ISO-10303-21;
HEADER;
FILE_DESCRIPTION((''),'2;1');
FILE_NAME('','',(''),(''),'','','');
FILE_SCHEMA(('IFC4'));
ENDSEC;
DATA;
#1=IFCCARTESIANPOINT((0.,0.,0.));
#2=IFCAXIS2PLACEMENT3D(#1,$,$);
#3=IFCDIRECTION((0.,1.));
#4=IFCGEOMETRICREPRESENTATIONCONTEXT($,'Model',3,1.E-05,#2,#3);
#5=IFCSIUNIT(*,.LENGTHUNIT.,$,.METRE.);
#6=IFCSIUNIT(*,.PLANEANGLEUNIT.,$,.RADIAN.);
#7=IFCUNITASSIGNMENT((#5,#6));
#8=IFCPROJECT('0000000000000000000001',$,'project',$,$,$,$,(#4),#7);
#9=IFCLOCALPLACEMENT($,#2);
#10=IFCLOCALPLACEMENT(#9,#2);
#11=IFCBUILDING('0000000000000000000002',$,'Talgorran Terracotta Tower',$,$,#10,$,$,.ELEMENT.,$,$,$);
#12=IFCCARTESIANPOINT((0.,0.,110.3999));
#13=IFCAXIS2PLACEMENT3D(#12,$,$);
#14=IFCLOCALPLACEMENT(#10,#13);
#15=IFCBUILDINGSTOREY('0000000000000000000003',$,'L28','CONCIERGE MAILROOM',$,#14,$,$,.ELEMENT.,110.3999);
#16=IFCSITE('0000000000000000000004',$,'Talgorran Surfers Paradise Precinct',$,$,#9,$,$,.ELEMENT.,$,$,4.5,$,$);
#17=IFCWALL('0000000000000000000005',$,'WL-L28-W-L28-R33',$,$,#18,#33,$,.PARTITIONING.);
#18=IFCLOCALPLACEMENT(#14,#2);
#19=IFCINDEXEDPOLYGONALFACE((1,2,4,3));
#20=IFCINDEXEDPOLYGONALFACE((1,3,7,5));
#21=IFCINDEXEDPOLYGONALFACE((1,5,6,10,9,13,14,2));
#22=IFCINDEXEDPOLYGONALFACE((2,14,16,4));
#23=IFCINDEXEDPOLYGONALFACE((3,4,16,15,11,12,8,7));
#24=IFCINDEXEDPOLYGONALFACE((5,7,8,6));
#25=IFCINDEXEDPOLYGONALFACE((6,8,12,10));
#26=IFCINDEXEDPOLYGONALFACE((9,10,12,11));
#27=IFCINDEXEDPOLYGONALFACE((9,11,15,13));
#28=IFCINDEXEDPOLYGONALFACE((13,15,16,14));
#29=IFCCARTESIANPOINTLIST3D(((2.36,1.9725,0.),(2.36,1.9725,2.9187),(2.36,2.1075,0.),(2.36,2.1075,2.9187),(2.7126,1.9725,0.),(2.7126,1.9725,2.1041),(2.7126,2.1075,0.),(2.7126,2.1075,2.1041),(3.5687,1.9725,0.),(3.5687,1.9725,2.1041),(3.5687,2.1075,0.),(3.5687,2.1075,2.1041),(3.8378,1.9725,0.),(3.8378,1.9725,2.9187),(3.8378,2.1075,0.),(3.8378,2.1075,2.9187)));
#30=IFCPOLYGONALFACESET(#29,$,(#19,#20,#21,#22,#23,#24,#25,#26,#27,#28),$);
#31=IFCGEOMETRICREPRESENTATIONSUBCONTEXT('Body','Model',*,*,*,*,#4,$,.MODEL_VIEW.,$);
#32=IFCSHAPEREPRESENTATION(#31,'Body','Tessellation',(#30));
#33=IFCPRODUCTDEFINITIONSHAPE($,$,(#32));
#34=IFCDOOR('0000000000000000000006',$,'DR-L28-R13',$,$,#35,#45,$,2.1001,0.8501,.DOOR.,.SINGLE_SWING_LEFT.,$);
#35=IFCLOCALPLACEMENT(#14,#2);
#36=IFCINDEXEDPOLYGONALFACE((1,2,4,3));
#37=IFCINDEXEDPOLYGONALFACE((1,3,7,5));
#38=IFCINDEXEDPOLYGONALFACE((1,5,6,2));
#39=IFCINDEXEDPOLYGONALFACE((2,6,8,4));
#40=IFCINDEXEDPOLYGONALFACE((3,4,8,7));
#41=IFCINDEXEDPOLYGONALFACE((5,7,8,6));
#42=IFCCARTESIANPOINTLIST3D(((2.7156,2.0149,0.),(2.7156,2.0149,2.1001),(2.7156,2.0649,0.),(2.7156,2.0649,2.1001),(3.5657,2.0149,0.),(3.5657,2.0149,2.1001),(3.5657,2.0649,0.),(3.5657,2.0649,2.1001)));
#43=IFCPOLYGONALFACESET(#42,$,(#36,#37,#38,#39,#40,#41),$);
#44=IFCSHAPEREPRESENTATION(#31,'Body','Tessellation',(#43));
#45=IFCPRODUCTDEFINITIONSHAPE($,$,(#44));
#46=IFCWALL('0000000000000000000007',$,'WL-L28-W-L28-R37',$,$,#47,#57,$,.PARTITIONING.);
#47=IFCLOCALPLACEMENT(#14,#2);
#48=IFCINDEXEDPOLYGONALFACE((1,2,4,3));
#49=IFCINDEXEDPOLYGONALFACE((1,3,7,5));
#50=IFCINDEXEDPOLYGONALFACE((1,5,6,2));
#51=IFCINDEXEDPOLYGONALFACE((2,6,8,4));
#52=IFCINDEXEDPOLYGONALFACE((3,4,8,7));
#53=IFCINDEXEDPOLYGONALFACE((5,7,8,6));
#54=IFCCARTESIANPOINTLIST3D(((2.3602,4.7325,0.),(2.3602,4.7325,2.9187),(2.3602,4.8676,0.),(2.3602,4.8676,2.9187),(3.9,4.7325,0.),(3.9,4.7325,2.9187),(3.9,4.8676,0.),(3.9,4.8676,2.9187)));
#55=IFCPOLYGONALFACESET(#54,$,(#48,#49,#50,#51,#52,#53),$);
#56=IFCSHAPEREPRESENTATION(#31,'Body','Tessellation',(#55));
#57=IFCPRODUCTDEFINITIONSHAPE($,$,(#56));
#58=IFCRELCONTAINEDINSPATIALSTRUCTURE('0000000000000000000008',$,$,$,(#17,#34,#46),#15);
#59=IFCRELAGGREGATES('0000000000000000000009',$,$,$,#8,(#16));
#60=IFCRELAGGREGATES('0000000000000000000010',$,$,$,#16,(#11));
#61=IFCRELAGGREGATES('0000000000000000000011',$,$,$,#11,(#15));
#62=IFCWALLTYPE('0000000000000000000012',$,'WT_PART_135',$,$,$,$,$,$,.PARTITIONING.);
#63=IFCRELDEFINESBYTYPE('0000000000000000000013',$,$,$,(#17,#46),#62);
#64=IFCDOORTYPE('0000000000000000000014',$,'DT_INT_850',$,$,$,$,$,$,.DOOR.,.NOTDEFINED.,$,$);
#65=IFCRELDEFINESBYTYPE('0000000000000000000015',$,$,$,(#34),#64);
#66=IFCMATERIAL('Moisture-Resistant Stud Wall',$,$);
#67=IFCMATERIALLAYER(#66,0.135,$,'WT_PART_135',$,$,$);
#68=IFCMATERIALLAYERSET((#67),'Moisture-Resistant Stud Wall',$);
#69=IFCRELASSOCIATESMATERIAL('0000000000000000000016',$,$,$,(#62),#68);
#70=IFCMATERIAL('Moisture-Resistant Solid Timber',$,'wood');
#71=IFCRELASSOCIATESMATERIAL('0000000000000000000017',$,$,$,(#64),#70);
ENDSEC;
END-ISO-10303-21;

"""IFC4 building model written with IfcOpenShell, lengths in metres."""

from ifc_helpers import new_model, si_unit, direction, frame, frame_2d, origin, place, context, subcontext, project, spatial, rectangle, extrude, material, layer, layer_set, type_object, element, fill, save


model = new_model("IFC4")

# Units and contexts
model_context = context("Model", 3, precision=1e-05, world=origin(), true_north=direction((0.0, 1.0)))
body_context = subcontext(model_context, "Body", "Model", "MODEL_VIEW")
ifc_project = project(units=[si_unit("LENGTHUNIT", "METRE"), si_unit("PLANEANGLEUNIT", "RADIAN")], contexts=[model_context])

# Site, building, storey
site_placement = place(None, origin())
site = spatial("IfcSite", under=ifc_project, at=site_placement, Name="Talgorran Surfers Paradise Precinct", CompositionType="ELEMENT", RefElevation=4.5)
building_placement = place(site_placement, origin())
building = spatial("IfcBuilding", under=site, at=building_placement, Name="Talgorran Terracotta Tower", CompositionType="ELEMENT")
storey_placement = place(building_placement, frame((0.0, 0.0, 110.3999)))
storey = spatial("IfcBuildingStorey", under=building, at=storey_placement, Name="L28", Description="CONCIERGE MAILROOM", CompositionType="ELEMENT", Elevation=110.3999)

# Shared definitions
ifc_material_1 = material(Name="Moisture-Resistant Stud Wall")
ifc_layer_1 = layer(ifc_material_1, 0.135, Name="WT_PART_135")
ifc_layer_set_1 = layer_set([ifc_layer_1], Name="Moisture-Resistant Stud Wall")
wall_type_1 = type_object("IfcWallType", Name="WT_PART_135", PredefinedType="PARTITIONING", material=ifc_layer_set_1)

# Wall, opening, door
wall_1_placement = place(storey_placement, frame((2.3601, 2.04, 0.0), z_axis=(0.0, 0.0, 1.0), x_axis=(1.0, 0.0, 0.0)))
wall_1 = element("IfcWall", 1, at=wall_1_placement, inside=storey, type_object=wall_type_1, Name="WL-L28-W-L28-R33", PredefinedType="PARTITIONING", context=body_context, shape_type="SweptSolid", body=[
    extrude(rectangle(XDim=1.4778, YDim=0.135, at=frame_2d((0.7388, 0.0))), origin(), (0.0, 0.0, 1.0), 2.9187),
])
opening_1_placement = place(wall_1_placement, frame((0.3555, 0.0, 0.0)))
opening_1 = element("IfcOpeningElement", 2, at=opening_1_placement, cuts=wall_1, PredefinedType="OPENING", context=body_context, shape_type="SweptSolid", body=[
    extrude(rectangle(XDim=0.8561, YDim=2.1041, at=frame_2d((0.425, 1.052))), frame((0.0, 0.0776, 0.0), z_axis=(0.0, -1.0, 0.0), x_axis=(1.0, 0.0, 0.0)), (0.0, 0.0, 1.0), 0.155),
])
ifc_material_2 = material(Name="Moisture-Resistant Solid Timber", Category="wood")
door_type_1 = type_object("IfcDoorType", Name="DT_INT_850", OperationType="NOTDEFINED", PredefinedType="DOOR", material=ifc_material_2)
door_1_placement = place(opening_1_placement, origin())
door_1 = element("IfcDoor", 3, at=door_1_placement, inside=storey, type_object=door_type_1, Name="DR-L28-R13", OperationType="SINGLE_SWING_LEFT", OverallHeight=2.1001, OverallWidth=0.8501, PredefinedType="DOOR", context=body_context, shape_type="SweptSolid", body=[
    extrude(rectangle(XDim=0.8501, YDim=2.1001, at=frame_2d((0.425, 1.05))), frame((0.0, 0.0249, 0.0), z_axis=(0.0, -1.0, 0.0), x_axis=(1.0, 0.0, 0.0)), (0.0, 0.0, 1.0), 0.05),
])
fill(opening_1, door_1)

# Wall
wall_2_placement = place(storey_placement, frame((2.3601, 4.8, 0.0), z_axis=(0.0, 0.0, 1.0), x_axis=(1.0, 0.0, 0.0)))
element("IfcWall", 4, at=wall_2_placement, inside=storey, type_object=wall_type_1, Name="WL-L28-W-L28-R37", PredefinedType="PARTITIONING", context=body_context, shape_type="SweptSolid", body=[
    extrude(rectangle(XDim=1.5398, YDim=0.135, at=frame_2d((0.77, 0.0))), origin(), (0.0, 0.0, 1.0), 2.9187),
])

save(model, "model.ifc")
